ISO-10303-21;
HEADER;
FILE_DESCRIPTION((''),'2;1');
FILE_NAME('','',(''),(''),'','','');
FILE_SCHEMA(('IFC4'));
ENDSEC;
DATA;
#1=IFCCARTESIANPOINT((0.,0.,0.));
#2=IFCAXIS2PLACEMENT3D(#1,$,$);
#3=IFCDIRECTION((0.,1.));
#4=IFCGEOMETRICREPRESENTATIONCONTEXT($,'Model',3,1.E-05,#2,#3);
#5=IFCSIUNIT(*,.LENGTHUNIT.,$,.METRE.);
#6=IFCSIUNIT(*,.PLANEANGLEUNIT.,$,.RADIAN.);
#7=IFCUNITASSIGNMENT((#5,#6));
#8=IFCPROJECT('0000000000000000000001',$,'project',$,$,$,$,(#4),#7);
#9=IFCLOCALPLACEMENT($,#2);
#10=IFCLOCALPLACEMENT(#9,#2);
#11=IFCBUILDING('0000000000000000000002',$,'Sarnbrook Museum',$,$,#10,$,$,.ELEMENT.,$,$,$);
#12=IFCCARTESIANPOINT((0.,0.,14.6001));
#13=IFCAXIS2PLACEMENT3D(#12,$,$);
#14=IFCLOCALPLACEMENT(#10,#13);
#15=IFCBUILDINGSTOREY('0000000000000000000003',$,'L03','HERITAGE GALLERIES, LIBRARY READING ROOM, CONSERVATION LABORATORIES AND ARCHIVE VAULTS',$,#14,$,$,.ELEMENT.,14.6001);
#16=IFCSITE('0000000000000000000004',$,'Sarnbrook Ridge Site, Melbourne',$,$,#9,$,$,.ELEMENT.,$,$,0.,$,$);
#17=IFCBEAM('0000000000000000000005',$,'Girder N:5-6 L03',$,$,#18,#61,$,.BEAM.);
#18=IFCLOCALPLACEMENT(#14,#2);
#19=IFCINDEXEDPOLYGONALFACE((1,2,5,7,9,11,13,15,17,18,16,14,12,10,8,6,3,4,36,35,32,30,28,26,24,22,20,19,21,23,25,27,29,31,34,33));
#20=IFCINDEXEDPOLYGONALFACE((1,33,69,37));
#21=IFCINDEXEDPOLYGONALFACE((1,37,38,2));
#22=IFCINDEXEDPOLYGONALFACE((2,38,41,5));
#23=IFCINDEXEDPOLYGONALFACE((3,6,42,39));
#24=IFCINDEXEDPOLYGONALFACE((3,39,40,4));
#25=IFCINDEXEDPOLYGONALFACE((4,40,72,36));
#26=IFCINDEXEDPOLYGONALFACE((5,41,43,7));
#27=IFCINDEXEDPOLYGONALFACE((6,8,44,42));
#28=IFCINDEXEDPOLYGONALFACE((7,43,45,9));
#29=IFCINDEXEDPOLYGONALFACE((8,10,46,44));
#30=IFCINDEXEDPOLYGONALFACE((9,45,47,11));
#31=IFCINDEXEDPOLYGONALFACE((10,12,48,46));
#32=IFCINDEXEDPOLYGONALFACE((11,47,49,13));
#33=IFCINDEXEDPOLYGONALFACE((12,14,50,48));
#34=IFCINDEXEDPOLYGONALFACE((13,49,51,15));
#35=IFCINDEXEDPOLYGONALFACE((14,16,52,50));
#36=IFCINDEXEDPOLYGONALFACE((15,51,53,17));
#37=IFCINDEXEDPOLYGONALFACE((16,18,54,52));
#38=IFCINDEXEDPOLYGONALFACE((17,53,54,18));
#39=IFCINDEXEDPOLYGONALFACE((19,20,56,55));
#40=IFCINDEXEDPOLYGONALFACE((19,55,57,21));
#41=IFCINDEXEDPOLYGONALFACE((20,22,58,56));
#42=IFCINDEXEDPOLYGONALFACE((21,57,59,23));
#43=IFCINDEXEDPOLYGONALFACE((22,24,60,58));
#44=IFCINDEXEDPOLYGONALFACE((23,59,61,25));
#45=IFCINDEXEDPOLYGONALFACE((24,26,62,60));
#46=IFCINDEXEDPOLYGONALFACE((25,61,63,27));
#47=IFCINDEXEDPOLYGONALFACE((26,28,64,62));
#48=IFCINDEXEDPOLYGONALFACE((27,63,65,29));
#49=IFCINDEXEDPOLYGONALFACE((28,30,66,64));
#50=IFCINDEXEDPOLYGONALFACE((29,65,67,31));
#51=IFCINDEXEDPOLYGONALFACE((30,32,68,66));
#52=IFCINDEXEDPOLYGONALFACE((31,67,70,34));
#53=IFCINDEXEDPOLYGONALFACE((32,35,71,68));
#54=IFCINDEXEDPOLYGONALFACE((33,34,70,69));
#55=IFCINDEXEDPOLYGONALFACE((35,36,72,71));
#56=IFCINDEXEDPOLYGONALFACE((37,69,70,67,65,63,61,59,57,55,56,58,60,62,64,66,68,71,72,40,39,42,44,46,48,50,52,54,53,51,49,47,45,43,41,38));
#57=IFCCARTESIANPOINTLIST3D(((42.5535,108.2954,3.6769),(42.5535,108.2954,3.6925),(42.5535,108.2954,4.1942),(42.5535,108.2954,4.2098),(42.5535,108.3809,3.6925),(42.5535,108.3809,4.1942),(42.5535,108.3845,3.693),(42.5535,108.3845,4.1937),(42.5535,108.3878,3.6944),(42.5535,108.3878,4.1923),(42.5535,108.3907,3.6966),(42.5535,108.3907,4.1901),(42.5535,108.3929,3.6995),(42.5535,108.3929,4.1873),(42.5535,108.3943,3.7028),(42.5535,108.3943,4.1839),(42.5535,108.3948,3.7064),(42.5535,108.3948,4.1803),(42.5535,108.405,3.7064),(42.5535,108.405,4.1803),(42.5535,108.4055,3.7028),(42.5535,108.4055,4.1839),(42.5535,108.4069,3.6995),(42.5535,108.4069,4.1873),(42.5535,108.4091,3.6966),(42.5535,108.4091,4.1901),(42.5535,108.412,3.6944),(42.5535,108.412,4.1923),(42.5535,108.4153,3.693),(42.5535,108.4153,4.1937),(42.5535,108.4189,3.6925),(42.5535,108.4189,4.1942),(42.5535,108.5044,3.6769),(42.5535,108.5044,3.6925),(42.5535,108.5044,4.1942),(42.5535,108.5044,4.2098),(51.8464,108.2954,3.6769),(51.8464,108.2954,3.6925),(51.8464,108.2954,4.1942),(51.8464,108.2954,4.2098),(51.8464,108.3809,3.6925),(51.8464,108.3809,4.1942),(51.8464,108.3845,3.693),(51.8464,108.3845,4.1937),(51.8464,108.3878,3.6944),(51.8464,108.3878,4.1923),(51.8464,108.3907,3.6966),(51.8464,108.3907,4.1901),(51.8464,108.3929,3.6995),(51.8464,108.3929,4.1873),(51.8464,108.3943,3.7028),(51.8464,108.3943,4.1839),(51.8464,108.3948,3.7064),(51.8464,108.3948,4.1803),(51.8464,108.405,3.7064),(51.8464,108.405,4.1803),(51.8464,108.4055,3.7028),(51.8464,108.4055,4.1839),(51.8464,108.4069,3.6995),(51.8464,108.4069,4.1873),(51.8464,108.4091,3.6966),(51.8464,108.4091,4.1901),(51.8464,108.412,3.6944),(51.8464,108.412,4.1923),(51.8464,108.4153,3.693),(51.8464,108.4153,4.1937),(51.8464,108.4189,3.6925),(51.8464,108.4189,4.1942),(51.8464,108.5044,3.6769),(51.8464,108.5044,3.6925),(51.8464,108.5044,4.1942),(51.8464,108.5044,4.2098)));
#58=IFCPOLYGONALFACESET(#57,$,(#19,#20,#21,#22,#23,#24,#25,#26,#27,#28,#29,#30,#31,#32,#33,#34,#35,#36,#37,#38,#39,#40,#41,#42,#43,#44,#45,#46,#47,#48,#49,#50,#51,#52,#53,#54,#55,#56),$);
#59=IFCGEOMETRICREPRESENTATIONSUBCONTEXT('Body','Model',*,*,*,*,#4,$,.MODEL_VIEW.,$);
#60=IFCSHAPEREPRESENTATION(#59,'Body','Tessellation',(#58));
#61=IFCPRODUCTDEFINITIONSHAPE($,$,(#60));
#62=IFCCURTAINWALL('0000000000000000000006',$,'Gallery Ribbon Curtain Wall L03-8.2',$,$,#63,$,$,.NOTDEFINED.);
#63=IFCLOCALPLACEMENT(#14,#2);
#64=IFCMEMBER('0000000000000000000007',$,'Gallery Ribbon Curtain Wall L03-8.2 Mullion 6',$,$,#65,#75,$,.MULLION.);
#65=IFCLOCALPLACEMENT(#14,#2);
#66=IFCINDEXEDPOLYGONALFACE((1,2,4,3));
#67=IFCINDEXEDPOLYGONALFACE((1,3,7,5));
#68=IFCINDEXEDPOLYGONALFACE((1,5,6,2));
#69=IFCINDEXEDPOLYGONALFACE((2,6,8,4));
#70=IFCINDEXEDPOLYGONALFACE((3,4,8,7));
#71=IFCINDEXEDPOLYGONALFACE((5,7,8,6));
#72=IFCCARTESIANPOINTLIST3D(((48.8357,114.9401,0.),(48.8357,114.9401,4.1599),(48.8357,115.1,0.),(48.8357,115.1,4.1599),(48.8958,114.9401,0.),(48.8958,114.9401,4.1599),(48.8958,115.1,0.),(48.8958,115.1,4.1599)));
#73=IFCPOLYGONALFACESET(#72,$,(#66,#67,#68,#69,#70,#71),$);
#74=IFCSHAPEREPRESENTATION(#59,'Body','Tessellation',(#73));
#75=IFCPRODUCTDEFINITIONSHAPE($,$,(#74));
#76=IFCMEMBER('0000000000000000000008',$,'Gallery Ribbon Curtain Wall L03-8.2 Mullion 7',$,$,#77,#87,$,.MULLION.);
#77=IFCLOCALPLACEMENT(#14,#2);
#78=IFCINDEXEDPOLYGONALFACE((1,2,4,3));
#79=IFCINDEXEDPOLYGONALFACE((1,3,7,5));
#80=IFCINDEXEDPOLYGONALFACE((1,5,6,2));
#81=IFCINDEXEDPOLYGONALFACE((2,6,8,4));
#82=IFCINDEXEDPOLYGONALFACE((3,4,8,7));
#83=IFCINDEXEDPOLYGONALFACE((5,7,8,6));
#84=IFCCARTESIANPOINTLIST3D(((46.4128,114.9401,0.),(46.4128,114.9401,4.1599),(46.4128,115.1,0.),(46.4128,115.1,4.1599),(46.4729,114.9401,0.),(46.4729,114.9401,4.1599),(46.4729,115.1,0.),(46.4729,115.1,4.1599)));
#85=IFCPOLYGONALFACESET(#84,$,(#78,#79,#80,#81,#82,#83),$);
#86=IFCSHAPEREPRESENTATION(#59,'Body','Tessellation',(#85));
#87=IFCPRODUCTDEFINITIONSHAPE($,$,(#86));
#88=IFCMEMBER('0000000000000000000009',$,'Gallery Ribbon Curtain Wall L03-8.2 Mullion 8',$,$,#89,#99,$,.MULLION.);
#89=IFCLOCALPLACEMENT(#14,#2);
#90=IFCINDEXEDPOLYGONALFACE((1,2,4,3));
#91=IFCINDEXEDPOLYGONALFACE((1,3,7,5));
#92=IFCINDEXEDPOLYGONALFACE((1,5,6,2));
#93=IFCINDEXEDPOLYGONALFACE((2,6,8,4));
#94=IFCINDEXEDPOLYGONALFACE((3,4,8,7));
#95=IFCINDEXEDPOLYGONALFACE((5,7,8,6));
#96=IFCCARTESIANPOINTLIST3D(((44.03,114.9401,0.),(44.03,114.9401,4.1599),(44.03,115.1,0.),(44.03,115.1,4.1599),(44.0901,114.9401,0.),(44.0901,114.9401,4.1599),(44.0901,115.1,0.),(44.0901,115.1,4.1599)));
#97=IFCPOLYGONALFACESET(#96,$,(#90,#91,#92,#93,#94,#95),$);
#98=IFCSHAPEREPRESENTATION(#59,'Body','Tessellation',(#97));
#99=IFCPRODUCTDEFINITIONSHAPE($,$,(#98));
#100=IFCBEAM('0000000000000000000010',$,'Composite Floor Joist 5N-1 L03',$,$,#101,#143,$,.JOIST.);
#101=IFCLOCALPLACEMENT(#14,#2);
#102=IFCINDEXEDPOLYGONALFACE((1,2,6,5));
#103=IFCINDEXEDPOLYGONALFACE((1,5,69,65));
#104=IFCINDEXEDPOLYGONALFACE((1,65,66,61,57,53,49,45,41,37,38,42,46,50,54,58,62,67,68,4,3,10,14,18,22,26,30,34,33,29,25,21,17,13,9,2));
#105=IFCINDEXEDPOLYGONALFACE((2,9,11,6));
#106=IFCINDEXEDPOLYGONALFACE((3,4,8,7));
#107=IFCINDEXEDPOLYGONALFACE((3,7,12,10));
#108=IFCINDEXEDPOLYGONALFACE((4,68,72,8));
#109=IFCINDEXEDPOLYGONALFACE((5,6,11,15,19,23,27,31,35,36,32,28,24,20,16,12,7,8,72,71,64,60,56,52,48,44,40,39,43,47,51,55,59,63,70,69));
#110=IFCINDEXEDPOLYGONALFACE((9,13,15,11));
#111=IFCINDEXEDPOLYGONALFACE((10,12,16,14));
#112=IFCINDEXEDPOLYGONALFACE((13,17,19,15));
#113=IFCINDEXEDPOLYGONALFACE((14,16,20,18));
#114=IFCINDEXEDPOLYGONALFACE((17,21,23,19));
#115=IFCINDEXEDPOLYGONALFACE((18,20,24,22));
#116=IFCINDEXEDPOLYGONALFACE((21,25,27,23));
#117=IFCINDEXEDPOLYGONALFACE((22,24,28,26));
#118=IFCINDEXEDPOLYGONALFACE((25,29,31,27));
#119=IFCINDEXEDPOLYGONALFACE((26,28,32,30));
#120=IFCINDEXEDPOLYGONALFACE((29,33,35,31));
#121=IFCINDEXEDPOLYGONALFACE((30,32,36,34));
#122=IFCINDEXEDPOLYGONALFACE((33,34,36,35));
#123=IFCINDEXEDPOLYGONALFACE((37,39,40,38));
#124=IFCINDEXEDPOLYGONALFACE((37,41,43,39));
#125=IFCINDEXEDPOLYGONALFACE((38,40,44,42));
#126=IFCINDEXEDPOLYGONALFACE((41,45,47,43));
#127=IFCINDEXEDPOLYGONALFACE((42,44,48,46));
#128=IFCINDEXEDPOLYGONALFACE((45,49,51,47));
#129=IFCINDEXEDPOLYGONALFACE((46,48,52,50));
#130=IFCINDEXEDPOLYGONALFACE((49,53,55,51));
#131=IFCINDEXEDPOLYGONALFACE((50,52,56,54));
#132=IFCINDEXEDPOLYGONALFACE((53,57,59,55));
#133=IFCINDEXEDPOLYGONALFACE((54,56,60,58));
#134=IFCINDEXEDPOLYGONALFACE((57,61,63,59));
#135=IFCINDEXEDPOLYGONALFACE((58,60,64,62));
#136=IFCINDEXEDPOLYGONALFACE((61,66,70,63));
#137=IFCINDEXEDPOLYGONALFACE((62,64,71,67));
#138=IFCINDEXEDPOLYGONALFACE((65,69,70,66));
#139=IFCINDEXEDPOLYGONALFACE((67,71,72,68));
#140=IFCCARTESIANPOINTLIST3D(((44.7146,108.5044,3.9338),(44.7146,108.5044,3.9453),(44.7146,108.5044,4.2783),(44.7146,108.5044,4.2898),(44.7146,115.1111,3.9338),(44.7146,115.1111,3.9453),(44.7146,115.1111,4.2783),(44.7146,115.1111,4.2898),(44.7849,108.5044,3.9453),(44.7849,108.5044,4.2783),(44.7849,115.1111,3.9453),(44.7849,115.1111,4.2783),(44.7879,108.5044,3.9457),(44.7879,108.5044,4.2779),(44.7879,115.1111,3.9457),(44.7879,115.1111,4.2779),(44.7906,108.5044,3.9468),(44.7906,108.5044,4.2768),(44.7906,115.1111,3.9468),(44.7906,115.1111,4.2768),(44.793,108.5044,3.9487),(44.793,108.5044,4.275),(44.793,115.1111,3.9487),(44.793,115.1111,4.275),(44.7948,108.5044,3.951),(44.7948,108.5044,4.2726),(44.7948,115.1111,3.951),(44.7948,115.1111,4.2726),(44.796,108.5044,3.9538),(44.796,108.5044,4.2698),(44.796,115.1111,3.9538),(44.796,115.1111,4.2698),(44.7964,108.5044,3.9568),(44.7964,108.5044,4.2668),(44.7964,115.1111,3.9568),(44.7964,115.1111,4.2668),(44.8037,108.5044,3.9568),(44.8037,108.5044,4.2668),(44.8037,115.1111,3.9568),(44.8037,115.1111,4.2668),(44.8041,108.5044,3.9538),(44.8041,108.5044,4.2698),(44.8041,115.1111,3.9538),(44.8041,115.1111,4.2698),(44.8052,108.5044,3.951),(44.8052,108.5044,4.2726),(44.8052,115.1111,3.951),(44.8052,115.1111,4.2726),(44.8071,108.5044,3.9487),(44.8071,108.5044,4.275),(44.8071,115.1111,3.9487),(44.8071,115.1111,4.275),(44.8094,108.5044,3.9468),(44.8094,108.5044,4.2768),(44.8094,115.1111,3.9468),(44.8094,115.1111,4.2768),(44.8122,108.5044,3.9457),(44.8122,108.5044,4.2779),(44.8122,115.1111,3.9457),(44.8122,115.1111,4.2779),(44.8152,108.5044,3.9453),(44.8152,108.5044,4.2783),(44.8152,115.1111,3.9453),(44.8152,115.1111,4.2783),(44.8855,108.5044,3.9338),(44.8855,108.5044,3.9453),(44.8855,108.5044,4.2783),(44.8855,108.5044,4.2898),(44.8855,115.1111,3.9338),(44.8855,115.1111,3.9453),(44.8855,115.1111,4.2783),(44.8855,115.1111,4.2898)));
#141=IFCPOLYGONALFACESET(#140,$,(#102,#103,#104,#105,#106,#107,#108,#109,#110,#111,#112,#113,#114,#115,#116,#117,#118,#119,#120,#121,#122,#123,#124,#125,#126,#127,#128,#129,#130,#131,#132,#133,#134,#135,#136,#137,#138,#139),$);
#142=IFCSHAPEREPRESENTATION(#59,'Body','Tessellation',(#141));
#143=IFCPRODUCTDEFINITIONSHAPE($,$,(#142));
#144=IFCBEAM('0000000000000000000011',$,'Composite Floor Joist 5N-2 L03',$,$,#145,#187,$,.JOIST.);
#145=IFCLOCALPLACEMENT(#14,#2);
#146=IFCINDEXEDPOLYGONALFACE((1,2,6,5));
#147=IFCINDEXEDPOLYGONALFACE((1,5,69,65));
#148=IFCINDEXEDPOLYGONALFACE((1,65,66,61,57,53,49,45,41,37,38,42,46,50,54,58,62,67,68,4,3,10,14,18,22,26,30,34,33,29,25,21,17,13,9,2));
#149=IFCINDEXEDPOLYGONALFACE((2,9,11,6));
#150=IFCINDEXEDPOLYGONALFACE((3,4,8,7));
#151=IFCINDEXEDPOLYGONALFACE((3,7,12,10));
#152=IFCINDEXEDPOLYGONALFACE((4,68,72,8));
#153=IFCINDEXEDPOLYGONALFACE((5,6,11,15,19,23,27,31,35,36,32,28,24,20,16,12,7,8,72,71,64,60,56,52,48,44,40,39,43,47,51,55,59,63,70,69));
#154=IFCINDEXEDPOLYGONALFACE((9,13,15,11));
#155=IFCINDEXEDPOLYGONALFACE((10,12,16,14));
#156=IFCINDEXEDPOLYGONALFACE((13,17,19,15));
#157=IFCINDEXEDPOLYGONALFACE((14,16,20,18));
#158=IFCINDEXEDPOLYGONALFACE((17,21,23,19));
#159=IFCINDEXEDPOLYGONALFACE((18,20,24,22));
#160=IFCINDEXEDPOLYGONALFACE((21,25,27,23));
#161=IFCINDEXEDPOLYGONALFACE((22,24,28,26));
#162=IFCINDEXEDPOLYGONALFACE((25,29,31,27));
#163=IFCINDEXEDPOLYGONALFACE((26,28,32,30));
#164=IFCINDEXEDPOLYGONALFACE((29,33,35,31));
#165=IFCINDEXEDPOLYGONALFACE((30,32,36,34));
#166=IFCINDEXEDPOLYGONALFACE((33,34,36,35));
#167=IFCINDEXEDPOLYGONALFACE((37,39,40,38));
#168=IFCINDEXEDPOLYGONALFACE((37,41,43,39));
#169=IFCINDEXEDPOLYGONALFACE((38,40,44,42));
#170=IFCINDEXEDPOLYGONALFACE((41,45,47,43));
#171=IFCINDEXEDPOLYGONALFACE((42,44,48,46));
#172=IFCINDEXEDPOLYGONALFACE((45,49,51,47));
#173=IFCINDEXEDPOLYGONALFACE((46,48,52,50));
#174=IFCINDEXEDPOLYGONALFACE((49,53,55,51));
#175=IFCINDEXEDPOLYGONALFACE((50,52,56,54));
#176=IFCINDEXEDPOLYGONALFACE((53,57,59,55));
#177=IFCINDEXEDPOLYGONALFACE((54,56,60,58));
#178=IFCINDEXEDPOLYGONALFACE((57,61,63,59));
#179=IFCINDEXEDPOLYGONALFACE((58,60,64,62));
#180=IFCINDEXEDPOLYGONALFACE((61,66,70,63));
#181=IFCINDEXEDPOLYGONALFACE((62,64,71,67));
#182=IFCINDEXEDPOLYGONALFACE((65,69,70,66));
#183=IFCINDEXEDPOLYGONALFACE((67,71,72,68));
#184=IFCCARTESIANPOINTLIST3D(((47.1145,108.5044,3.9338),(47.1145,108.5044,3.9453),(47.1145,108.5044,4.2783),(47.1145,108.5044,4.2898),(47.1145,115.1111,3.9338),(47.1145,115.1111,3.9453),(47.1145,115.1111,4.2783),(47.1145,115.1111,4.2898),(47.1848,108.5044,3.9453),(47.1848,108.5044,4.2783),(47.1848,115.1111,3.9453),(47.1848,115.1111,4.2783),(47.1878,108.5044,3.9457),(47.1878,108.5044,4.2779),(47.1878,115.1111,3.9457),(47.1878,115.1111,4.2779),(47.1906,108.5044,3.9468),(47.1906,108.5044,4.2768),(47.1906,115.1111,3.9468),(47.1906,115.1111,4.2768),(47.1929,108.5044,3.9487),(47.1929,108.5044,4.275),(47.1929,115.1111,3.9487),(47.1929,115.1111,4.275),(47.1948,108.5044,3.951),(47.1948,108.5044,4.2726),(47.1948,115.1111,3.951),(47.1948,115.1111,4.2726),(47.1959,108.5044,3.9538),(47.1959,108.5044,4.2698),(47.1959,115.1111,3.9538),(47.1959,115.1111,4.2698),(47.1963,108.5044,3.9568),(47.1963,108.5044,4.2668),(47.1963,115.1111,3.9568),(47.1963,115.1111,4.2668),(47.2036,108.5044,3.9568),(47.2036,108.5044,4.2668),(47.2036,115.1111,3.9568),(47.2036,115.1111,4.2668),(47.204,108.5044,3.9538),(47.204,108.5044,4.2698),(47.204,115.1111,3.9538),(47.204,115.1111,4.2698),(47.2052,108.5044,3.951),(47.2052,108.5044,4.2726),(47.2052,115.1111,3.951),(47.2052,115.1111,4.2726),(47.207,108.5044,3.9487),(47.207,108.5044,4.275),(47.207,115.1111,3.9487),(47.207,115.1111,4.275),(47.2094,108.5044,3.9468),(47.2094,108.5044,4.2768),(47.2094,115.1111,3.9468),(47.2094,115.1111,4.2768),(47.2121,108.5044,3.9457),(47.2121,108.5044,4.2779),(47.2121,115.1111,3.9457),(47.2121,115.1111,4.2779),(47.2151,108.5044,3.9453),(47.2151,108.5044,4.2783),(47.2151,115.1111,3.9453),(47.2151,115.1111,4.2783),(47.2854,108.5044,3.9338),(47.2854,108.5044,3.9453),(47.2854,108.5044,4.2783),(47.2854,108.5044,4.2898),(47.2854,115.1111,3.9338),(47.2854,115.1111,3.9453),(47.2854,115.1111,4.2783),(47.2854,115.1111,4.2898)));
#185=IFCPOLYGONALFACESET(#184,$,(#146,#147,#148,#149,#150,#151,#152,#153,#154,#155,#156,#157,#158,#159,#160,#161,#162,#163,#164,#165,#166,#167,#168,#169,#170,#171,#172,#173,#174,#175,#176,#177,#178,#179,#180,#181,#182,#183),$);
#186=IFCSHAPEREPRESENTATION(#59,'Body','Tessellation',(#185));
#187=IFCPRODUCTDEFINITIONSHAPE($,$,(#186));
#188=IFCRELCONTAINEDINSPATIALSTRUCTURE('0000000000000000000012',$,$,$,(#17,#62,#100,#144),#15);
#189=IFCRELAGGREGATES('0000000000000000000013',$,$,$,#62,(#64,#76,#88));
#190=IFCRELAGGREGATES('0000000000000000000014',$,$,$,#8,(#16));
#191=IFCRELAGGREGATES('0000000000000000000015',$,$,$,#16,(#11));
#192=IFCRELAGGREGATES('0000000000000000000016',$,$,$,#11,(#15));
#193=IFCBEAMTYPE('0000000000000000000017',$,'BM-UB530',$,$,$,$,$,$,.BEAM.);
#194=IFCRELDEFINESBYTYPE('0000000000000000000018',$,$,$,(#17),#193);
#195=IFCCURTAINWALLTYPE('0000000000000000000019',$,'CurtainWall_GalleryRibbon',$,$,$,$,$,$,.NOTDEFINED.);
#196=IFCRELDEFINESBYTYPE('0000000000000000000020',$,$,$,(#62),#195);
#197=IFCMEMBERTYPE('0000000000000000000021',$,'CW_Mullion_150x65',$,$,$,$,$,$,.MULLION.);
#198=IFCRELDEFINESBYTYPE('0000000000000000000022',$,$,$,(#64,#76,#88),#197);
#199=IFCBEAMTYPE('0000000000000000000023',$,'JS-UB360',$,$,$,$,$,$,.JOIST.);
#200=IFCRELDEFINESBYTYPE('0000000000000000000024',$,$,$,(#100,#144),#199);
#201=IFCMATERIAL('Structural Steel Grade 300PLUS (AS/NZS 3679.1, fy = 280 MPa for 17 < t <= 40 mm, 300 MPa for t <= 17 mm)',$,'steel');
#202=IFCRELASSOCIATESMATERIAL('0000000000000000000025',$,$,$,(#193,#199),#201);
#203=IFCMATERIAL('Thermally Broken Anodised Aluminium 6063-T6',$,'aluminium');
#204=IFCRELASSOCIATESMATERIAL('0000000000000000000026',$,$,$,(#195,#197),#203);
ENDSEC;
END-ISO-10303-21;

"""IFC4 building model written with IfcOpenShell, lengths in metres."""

from ifc_helpers import new_model, si_unit, direction, frame, origin, origin_2d, place, context, subcontext, project, spatial, rectangle, i_section, extrude, material, material_profile, profile_set, type_object, element, aggregate, save


model = new_model("IFC4")

# Units and contexts
model_context = context("Model", 3, precision=1e-05, world=origin(), true_north=direction((0.0, 1.0)))
body_context = subcontext(model_context, "Body", "Model", "MODEL_VIEW")
ifc_project = project(units=[si_unit("LENGTHUNIT", "METRE"), si_unit("PLANEANGLEUNIT", "RADIAN")], contexts=[model_context])

# Site, building, storey
site_placement = place(None, origin())
site = spatial("IfcSite", under=ifc_project, at=site_placement, Name="Sarnbrook Ridge Site, Melbourne", CompositionType="ELEMENT", RefElevation=0.0)
building_placement = place(site_placement, origin())
building = spatial("IfcBuilding", under=site, at=building_placement, Name="Sarnbrook Museum", CompositionType="ELEMENT")
storey_placement = place(building_placement, frame((0.0, 0.0, 14.6001)))
storey = spatial("IfcBuildingStorey", under=building, at=storey_placement, Name="L03", Description="HERITAGE GALLERIES, LIBRARY READING ROOM, CONSERVATION LABORATORIES AND ARCHIVE VAULTS", CompositionType="ELEMENT", Elevation=14.6001)

# Shared definitions
ifc_material_1 = material(Name="Structural Steel Grade 300PLUS (AS/NZS 3679.1, fy = 280 MPa for 17 < t <= 40 mm, 300 MPa for t <= 17 mm)", Category="steel")

# Beam
ifc_material_profile_1 = material_profile(ifc_material_1, i_section(OverallWidth=0.209, OverallDepth=0.533, WebThickness=0.0103, FlangeThickness=0.0156, FilletRadius=0.0139, at=origin_2d()), Name="530UB92.4")
ifc_profile_set_1 = profile_set([ifc_material_profile_1], Name="Structural Steel Grade 300PLUS (AS/NZS 3679.1, fy = 280 MPa for 17 < t <= 40 mm, 300 MPa for t <= 17 mm)")
beam_type_1 = type_object("IfcBeamType", Name="BM-UB530", PredefinedType="BEAM", material=ifc_profile_set_1)
beam_1_placement = place(storey_placement, frame((42.5535, 108.3999, 3.9434), z_axis=(1.0, 0.0, 0.0), x_axis=(0.0, 1.0, 0.0)))
element("IfcBeam", 1, at=beam_1_placement, inside=storey, type_object=beam_type_1, Name="Girder N:5-6 L03", PredefinedType="BEAM", context=body_context, shape_type="SweptSolid", body=[
    extrude(i_section(OverallWidth=0.209, OverallDepth=0.533, WebThickness=0.0103, FlangeThickness=0.0156, FilletRadius=0.0139, at=origin_2d()), origin(), (0.0, 0.0, 1.0), 9.293),
])

# Curtain wall, members
ifc_material_2 = material(Name="Thermally Broken Anodised Aluminium 6063-T6", Category="aluminium")
curtain_wall_type = type_object("IfcCurtainWallType", Name="CurtainWall_GalleryRibbon", PredefinedType="NOTDEFINED", material=ifc_material_2)
curtain_wall_placement = place(storey_placement, origin())
curtain_wall = element("IfcCurtainWall", 2, at=curtain_wall_placement, inside=storey, type_object=curtain_wall_type, Name="Gallery Ribbon Curtain Wall L03-8.2", PredefinedType="NOTDEFINED")
ifc_material_profile_2 = material_profile(ifc_material_2, rectangle(XDim=0.0601, YDim=0.1599, at=origin_2d()), Name="ALU MULLION 60x160")
ifc_profile_set_2 = profile_set([ifc_material_profile_2], Name="Thermally Broken Anodised Aluminium 6063-T6")
member_type = type_object("IfcMemberType", Name="CW_Mullion_150x65", PredefinedType="MULLION", material=ifc_profile_set_2)
member_1_placement = place(storey_placement, frame((48.8657, 115.02, 0.0), z_axis=(0.0, 0.0, 1.0), x_axis=(1.0, 0.0, 0.0)))
member_1 = element("IfcMember", 3, at=member_1_placement, type_object=member_type, Name="Gallery Ribbon Curtain Wall L03-8.2 Mullion 6", PredefinedType="MULLION", context=body_context, shape_type="SweptSolid", body=[
    extrude(rectangle(XDim=0.0601, YDim=0.1599, at=origin_2d()), origin(), (0.0, 0.0, 1.0), 4.1599),
])
member_2_placement = place(storey_placement, frame((46.4429, 115.02, 0.0), z_axis=(0.0, 0.0, 1.0), x_axis=(1.0, 0.0, 0.0)))
member_2 = element("IfcMember", 4, at=member_2_placement, type_object=member_type, Name="Gallery Ribbon Curtain Wall L03-8.2 Mullion 7", PredefinedType="MULLION", context=body_context, shape_type="SweptSolid", body=[
    extrude(rectangle(XDim=0.0601, YDim=0.1599, at=origin_2d()), origin(), (0.0, 0.0, 1.0), 4.1599),
])
member_3_placement = place(storey_placement, frame((44.0601, 115.02, 0.0), z_axis=(0.0, 0.0, 1.0), x_axis=(1.0, 0.0, 0.0)))
member_3 = element("IfcMember", 5, at=member_3_placement, type_object=member_type, Name="Gallery Ribbon Curtain Wall L03-8.2 Mullion 8", PredefinedType="MULLION", context=body_context, shape_type="SweptSolid", body=[
    extrude(rectangle(XDim=0.0601, YDim=0.1599, at=origin_2d()), origin(), (0.0, 0.0, 1.0), 4.1599),
])

# Beams
ifc_material_profile_3 = material_profile(ifc_material_1, i_section(OverallWidth=0.1709, OverallDepth=0.356, WebThickness=0.0073, FlangeThickness=0.0115, FilletRadius=0.0115, at=origin_2d()), Name="360UB50.7")
ifc_profile_set_3 = profile_set([ifc_material_profile_3], Name="Structural Steel Grade 300PLUS (AS/NZS 3679.1, fy = 280 MPa for 17 < t <= 40 mm, 300 MPa for t <= 17 mm)")
beam_type_2 = type_object("IfcBeamType", Name="JS-UB360", PredefinedType="JOIST", material=ifc_profile_set_3)
for number, where, z_axis, x_axis, name in (
    (6, (44.8, 108.5044, 4.1118), (0.0, 1.0, 0.0), (-1.0, 0.0, 0.0), "Composite Floor Joist 5N-1 L03"),
    (7, (47.2, 108.5044, 4.1118), (0.0, 1.0, 0.0), (-1.0, 0.0, 0.0), "Composite Floor Joist 5N-2 L03"),
):
    element("IfcBeam", number, at=place(storey_placement, frame(where, z_axis=z_axis, x_axis=x_axis)), inside=storey, type_object=beam_type_2, Name=name, PredefinedType="JOIST", context=body_context, shape_type="SweptSolid", body=[
        extrude(i_section(OverallWidth=0.1709, OverallDepth=0.356, WebThickness=0.0073, FlangeThickness=0.0115, FilletRadius=0.0115, at=origin_2d()), origin(), (0.0, 0.0, 1.0), 6.6067),
    ])

aggregate(curtain_wall, [member_1, member_2, member_3])

save(model, "model.ifc")
